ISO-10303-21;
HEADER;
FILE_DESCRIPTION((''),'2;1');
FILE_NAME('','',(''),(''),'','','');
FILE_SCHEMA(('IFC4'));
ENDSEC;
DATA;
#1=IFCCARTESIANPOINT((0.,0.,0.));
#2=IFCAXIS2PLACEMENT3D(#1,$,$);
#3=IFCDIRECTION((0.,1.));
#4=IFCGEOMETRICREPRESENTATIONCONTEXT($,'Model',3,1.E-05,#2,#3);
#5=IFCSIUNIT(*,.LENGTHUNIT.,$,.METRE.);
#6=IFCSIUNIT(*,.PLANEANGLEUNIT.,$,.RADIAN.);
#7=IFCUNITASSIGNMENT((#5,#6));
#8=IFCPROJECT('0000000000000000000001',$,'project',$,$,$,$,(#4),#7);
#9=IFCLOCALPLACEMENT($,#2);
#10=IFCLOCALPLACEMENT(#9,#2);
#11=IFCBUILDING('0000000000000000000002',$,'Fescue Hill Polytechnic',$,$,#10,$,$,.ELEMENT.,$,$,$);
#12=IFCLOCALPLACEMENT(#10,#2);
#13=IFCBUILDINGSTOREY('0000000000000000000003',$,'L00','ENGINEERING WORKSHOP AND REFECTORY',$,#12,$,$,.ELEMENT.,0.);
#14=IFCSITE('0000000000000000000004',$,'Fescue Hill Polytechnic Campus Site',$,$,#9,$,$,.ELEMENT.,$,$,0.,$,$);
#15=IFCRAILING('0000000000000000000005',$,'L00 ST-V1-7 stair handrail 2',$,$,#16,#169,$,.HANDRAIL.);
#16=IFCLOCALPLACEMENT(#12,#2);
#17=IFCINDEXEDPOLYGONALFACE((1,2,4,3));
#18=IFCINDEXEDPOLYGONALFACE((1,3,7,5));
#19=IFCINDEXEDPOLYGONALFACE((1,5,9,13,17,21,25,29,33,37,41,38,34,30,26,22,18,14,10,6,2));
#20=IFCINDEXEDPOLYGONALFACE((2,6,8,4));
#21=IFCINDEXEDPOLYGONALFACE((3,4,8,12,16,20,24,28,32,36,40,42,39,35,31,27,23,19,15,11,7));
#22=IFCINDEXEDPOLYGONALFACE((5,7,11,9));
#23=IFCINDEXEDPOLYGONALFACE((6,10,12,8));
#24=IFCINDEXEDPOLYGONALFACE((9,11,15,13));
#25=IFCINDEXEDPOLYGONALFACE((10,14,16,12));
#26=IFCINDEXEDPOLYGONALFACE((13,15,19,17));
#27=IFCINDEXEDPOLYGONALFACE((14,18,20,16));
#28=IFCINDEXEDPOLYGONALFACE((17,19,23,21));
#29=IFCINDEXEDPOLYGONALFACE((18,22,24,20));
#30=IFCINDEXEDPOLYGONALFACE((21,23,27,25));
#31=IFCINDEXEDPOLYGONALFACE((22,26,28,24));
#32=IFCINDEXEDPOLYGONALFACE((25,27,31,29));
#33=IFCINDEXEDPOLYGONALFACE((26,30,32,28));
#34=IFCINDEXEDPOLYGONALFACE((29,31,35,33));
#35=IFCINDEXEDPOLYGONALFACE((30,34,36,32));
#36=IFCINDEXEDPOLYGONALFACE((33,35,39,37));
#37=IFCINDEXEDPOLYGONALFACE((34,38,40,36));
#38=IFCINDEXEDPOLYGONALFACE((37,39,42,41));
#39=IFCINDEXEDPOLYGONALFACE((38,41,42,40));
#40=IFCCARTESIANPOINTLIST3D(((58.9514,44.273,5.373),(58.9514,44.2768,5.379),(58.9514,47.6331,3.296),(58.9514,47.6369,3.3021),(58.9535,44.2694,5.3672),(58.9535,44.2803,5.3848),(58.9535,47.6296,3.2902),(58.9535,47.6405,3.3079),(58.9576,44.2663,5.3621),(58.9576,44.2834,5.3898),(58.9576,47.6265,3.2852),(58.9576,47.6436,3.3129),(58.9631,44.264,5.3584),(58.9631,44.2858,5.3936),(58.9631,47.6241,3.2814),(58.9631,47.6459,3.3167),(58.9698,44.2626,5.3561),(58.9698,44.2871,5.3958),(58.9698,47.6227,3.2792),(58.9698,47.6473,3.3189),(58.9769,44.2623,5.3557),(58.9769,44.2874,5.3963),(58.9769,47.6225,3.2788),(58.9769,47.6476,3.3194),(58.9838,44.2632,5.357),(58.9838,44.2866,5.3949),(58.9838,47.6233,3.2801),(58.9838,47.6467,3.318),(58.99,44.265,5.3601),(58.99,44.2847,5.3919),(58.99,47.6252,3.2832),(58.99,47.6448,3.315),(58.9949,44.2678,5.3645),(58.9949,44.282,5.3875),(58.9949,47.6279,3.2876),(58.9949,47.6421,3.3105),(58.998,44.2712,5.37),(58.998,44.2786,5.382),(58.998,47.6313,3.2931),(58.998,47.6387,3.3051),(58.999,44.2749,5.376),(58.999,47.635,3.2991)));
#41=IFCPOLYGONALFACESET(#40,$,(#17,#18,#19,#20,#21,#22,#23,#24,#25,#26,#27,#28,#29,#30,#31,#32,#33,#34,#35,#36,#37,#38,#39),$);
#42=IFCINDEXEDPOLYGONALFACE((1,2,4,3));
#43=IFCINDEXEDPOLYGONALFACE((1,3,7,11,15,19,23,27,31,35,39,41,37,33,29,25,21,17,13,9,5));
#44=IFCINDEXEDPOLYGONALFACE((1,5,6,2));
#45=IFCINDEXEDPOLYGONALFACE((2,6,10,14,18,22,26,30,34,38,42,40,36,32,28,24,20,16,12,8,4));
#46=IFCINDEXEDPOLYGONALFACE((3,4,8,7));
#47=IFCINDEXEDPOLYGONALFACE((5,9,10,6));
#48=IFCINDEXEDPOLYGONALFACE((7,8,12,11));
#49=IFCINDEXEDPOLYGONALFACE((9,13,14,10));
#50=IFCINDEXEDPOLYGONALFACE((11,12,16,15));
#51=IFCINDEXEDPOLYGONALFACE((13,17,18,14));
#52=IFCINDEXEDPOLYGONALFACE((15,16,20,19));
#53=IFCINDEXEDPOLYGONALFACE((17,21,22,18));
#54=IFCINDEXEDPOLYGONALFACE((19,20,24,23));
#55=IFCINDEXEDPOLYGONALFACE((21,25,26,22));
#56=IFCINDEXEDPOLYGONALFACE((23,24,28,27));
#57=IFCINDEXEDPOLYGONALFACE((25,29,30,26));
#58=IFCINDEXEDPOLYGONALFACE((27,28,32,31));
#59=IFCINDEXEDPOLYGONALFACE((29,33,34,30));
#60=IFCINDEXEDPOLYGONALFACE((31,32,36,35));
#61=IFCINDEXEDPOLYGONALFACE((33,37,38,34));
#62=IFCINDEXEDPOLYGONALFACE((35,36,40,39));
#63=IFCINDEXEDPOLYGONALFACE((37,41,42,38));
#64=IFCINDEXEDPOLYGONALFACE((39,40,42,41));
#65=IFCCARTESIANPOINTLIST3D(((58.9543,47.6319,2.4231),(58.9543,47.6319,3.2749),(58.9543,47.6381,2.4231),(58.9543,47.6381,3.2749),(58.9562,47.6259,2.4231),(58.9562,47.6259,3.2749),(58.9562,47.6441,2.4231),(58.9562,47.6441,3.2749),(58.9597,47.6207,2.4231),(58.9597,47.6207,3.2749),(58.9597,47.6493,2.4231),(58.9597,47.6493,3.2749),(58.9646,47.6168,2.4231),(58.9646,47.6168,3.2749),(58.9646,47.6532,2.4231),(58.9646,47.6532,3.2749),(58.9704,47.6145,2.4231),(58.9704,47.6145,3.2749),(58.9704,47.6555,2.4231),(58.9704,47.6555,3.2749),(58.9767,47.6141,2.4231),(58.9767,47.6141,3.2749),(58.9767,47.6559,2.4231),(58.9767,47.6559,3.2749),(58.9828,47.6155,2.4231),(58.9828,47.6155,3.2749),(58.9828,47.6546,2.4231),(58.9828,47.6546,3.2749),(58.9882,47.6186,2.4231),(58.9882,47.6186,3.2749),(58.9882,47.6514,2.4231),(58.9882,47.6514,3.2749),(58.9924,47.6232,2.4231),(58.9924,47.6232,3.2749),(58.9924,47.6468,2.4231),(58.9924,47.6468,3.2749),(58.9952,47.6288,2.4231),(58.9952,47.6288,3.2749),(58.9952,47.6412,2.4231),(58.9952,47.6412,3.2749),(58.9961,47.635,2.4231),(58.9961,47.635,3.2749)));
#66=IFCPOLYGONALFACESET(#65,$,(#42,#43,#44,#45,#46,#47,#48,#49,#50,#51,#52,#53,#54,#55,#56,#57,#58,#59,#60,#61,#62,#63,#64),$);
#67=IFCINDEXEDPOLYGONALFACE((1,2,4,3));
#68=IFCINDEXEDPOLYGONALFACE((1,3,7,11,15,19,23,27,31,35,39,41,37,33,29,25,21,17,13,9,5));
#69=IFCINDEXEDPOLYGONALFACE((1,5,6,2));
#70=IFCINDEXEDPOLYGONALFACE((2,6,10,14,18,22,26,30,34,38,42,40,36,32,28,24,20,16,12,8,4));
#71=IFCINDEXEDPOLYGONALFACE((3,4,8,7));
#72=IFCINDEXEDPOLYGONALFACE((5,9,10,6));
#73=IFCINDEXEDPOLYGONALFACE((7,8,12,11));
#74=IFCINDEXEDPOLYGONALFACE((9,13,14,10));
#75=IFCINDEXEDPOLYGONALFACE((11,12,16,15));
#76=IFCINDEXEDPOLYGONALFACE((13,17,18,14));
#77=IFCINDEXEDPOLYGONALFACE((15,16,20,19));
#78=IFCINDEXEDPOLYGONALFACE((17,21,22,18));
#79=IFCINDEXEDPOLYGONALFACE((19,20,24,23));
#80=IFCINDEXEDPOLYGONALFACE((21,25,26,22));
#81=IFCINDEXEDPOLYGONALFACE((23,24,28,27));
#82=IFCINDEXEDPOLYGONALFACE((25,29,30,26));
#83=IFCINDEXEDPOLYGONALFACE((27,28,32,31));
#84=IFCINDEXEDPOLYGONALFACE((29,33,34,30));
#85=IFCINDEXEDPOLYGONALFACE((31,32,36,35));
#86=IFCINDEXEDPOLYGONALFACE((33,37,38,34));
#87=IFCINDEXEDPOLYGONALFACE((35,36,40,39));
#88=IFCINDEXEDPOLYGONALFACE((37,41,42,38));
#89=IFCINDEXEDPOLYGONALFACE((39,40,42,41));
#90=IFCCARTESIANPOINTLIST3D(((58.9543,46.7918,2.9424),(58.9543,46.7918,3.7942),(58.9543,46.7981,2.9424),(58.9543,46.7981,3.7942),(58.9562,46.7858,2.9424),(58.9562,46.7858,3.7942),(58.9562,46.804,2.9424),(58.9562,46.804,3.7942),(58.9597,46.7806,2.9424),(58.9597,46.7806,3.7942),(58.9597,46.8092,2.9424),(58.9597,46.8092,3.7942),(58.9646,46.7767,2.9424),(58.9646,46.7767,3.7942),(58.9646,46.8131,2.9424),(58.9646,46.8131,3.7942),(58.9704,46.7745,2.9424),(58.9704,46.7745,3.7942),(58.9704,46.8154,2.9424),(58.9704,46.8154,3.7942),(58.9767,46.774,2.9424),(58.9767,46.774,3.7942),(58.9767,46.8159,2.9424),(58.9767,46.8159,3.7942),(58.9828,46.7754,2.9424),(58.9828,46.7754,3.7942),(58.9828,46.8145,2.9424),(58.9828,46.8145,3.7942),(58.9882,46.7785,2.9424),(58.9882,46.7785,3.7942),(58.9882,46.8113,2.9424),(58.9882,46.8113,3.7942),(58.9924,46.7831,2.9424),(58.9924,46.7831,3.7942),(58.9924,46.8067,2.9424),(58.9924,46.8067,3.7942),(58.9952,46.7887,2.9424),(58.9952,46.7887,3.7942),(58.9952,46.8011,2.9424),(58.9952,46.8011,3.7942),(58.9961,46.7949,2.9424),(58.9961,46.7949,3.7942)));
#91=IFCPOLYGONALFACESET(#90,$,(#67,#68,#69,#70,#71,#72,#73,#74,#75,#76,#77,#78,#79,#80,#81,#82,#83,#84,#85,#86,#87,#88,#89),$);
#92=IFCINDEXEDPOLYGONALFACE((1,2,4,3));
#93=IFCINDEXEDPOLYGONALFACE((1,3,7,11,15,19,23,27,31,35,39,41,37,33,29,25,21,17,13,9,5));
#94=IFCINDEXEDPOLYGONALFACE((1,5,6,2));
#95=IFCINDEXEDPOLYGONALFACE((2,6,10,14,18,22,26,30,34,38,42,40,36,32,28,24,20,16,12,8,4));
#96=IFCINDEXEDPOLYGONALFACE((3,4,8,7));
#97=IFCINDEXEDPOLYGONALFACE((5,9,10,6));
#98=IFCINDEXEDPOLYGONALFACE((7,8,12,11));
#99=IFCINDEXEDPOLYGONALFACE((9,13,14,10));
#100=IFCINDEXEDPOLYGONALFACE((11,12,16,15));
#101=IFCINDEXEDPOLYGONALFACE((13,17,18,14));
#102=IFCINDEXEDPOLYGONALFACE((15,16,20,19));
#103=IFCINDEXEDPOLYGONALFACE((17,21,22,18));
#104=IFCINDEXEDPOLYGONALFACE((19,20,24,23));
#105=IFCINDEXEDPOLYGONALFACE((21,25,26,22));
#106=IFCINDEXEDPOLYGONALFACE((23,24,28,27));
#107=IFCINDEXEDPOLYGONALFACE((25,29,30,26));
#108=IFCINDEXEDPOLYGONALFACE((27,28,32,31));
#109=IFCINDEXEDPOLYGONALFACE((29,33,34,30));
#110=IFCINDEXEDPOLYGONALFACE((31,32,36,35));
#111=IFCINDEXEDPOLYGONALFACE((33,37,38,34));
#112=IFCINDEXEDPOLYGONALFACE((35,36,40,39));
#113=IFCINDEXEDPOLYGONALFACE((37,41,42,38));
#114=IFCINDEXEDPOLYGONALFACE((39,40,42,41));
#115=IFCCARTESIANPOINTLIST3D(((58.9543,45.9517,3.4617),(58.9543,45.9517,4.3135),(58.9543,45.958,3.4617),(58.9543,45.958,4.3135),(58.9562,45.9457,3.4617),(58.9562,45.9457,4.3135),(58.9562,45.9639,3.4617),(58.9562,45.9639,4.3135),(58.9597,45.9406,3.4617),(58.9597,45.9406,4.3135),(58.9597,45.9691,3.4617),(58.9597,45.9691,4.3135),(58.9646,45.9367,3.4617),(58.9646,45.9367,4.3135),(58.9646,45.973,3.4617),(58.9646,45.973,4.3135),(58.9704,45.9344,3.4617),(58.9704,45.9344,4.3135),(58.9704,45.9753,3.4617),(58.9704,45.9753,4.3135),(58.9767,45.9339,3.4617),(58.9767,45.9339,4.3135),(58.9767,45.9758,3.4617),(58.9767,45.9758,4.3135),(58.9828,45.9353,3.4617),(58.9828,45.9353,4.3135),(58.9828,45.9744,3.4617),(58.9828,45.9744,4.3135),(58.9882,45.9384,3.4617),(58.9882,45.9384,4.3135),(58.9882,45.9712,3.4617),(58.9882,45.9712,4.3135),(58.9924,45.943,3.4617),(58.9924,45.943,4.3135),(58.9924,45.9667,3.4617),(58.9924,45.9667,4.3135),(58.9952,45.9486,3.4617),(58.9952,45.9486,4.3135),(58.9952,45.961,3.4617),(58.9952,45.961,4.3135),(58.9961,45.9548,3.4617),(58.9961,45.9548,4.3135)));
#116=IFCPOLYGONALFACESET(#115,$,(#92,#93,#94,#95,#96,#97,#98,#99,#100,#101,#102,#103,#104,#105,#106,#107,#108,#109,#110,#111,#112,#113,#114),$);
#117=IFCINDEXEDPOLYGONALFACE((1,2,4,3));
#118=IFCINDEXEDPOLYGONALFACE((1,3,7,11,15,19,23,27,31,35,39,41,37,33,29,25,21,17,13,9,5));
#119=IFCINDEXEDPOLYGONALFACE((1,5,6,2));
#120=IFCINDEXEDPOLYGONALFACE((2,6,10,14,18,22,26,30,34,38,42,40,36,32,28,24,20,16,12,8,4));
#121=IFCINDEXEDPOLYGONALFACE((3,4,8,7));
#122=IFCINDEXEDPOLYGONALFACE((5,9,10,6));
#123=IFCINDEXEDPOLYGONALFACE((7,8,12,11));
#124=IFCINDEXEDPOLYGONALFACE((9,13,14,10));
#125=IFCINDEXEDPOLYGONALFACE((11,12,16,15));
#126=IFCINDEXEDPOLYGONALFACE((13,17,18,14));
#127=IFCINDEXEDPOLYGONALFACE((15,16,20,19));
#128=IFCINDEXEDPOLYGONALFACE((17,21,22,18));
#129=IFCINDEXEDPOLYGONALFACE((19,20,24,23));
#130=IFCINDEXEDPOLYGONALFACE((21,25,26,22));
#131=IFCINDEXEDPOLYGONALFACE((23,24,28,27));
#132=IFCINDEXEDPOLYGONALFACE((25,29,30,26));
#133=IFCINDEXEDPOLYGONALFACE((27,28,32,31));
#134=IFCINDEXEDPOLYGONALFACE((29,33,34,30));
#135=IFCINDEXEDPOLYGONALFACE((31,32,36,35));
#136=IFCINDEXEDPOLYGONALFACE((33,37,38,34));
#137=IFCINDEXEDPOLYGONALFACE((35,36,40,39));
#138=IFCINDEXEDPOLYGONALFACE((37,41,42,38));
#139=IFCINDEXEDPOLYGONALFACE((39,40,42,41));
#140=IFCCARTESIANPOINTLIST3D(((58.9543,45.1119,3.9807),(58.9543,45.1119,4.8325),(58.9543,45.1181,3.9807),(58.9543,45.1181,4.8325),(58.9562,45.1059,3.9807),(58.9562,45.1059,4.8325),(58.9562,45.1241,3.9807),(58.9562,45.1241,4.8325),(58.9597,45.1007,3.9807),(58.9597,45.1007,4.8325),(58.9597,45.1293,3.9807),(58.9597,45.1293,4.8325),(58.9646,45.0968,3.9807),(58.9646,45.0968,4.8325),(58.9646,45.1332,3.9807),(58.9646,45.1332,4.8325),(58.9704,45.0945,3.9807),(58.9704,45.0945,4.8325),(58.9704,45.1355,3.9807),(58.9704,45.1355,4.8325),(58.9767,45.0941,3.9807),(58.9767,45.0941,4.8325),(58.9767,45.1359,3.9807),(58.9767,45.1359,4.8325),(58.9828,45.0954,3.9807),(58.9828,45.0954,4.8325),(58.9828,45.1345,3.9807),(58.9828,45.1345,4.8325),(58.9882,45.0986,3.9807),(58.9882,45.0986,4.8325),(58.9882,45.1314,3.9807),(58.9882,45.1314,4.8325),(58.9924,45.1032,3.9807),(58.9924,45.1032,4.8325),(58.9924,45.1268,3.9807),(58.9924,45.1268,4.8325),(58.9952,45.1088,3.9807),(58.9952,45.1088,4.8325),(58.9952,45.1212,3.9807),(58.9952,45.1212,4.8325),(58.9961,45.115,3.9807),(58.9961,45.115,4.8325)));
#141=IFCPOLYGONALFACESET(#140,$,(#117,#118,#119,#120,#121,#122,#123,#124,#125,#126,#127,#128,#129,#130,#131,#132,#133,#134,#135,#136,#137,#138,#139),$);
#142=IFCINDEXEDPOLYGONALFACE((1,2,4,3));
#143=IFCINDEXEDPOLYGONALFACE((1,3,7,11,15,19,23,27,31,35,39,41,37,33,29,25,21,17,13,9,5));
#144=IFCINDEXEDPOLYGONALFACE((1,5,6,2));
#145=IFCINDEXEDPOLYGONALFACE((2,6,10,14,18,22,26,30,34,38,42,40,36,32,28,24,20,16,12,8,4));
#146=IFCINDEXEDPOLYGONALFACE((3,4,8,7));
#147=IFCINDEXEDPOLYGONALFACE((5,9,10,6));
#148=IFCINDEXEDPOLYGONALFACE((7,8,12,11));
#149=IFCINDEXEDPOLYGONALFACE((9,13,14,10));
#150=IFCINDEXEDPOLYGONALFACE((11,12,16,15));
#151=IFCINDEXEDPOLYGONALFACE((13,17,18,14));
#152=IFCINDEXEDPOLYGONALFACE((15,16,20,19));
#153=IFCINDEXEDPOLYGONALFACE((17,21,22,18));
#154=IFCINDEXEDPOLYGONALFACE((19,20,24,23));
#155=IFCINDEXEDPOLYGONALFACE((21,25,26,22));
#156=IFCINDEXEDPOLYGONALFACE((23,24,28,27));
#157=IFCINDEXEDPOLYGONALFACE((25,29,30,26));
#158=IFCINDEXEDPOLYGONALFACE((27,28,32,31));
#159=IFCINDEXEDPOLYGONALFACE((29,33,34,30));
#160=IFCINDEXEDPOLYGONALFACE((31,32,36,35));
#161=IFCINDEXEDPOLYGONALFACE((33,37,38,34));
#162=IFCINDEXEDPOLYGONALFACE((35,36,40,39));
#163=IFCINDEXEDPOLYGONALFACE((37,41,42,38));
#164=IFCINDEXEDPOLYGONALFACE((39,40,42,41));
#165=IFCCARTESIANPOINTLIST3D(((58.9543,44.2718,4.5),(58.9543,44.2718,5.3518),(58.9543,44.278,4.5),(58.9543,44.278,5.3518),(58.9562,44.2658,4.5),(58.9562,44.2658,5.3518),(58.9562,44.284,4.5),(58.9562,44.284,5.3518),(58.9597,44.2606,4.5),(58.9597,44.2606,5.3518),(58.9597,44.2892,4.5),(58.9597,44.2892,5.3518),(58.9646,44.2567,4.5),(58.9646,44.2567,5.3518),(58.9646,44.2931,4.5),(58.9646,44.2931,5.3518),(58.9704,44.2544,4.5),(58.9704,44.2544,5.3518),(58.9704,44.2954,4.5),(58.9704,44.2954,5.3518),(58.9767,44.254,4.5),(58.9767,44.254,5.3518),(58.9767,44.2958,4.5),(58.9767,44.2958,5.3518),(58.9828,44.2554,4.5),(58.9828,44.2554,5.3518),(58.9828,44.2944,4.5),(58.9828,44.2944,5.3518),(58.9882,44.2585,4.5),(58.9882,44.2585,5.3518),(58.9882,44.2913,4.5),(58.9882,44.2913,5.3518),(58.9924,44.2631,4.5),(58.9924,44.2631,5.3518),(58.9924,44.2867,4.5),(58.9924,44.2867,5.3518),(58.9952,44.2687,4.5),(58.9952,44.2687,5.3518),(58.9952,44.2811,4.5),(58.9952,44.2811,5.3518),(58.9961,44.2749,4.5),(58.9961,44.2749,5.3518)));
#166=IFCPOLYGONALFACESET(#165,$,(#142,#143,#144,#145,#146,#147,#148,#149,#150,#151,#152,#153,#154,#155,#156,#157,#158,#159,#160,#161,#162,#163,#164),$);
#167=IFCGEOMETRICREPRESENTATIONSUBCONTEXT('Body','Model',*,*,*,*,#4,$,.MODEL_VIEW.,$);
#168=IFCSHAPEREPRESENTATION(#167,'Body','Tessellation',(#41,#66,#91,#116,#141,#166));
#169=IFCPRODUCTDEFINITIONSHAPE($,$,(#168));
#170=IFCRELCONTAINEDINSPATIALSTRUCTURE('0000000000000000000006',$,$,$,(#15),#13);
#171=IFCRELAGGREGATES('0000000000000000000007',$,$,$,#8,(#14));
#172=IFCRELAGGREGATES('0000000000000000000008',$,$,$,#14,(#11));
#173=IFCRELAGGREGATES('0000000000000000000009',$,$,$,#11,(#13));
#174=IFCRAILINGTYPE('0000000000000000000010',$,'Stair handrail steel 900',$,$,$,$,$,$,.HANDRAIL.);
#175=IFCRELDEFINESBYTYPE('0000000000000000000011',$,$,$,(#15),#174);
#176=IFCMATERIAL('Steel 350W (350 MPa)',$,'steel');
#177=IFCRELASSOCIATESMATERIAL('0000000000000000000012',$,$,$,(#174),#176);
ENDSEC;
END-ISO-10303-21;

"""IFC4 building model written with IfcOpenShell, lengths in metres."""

from ifc_helpers import new_model, si_unit, direction, frame, origin, origin_2d, place, context, subcontext, project, spatial, circle, extrude, material, type_object, element, save


model = new_model("IFC4")

# Units and contexts
model_context = context("Model", 3, precision=1e-05, world=origin(), true_north=direction((0.0, 1.0)))
body_context = subcontext(model_context, "Body", "Model", "MODEL_VIEW")
ifc_project = project(units=[si_unit("LENGTHUNIT", "METRE"), si_unit("PLANEANGLEUNIT", "RADIAN")], contexts=[model_context])

# Site, building, storey
site_placement = place(None, origin())
site = spatial("IfcSite", under=ifc_project, at=site_placement, Name="Fescue Hill Polytechnic Campus Site", CompositionType="ELEMENT", RefElevation=0.0)
building_placement = place(site_placement, origin())
building = spatial("IfcBuilding", under=site, at=building_placement, Name="Fescue Hill Polytechnic", CompositionType="ELEMENT")
storey_placement = place(building_placement, origin())
storey = spatial("IfcBuildingStorey", under=building, at=storey_placement, Name="L00", Description="ENGINEERING WORKSHOP AND REFECTORY", CompositionType="ELEMENT", Elevation=0.0)

# Railing
ifc_material_1 = material(Name="Steel 350W (350 MPa)", Category="steel")
railing_type_1 = type_object("IfcRailingType", Name="Stair handrail steel 900", PredefinedType="HANDRAIL", material=ifc_material_1)
for number, where, name in (
    (1, (58.9751, 47.635, 2.4231), "L00 ST-V1-7 stair handrail 2"),
):
    element("IfcRailing", number, at=place(storey_placement, frame(where)), inside=storey, type_object=railing_type_1, Name=name, PredefinedType="HANDRAIL", context=body_context, shape_type="SweptSolid", body=[
        extrude(circle(Radius=0.0239, at=origin_2d()), frame((0.0, 0.0, 0.876), z_axis=(0.0, -0.850623, 0.525776), x_axis=(1.0, 0.0, 0.0)), (0.0, 0.0, 1.0), 3.9502),
        extrude(circle(Radius=0.021, at=origin_2d()), origin(), (0.0, 0.0, 1.0), 0.8518),
        extrude(circle(Radius=0.021, at=origin_2d()), frame((0.0, -0.8401, 0.5193)), (0.0, 0.0, 1.0), 0.8518),
        extrude(circle(Radius=0.021, at=origin_2d()), frame((0.0, -1.6802, 1.0386)), (0.0, 0.0, 1.0), 0.8518),
        extrude(circle(Radius=0.021, at=origin_2d()), frame((0.0, -2.52, 1.5576)), (0.0, 0.0, 1.0), 0.8518),
        extrude(circle(Radius=0.021, at=origin_2d()), frame((0.0, -3.3601, 2.0769)), (0.0, 0.0, 1.0), 0.8518),
    ])

save(model, "model.ifc")
